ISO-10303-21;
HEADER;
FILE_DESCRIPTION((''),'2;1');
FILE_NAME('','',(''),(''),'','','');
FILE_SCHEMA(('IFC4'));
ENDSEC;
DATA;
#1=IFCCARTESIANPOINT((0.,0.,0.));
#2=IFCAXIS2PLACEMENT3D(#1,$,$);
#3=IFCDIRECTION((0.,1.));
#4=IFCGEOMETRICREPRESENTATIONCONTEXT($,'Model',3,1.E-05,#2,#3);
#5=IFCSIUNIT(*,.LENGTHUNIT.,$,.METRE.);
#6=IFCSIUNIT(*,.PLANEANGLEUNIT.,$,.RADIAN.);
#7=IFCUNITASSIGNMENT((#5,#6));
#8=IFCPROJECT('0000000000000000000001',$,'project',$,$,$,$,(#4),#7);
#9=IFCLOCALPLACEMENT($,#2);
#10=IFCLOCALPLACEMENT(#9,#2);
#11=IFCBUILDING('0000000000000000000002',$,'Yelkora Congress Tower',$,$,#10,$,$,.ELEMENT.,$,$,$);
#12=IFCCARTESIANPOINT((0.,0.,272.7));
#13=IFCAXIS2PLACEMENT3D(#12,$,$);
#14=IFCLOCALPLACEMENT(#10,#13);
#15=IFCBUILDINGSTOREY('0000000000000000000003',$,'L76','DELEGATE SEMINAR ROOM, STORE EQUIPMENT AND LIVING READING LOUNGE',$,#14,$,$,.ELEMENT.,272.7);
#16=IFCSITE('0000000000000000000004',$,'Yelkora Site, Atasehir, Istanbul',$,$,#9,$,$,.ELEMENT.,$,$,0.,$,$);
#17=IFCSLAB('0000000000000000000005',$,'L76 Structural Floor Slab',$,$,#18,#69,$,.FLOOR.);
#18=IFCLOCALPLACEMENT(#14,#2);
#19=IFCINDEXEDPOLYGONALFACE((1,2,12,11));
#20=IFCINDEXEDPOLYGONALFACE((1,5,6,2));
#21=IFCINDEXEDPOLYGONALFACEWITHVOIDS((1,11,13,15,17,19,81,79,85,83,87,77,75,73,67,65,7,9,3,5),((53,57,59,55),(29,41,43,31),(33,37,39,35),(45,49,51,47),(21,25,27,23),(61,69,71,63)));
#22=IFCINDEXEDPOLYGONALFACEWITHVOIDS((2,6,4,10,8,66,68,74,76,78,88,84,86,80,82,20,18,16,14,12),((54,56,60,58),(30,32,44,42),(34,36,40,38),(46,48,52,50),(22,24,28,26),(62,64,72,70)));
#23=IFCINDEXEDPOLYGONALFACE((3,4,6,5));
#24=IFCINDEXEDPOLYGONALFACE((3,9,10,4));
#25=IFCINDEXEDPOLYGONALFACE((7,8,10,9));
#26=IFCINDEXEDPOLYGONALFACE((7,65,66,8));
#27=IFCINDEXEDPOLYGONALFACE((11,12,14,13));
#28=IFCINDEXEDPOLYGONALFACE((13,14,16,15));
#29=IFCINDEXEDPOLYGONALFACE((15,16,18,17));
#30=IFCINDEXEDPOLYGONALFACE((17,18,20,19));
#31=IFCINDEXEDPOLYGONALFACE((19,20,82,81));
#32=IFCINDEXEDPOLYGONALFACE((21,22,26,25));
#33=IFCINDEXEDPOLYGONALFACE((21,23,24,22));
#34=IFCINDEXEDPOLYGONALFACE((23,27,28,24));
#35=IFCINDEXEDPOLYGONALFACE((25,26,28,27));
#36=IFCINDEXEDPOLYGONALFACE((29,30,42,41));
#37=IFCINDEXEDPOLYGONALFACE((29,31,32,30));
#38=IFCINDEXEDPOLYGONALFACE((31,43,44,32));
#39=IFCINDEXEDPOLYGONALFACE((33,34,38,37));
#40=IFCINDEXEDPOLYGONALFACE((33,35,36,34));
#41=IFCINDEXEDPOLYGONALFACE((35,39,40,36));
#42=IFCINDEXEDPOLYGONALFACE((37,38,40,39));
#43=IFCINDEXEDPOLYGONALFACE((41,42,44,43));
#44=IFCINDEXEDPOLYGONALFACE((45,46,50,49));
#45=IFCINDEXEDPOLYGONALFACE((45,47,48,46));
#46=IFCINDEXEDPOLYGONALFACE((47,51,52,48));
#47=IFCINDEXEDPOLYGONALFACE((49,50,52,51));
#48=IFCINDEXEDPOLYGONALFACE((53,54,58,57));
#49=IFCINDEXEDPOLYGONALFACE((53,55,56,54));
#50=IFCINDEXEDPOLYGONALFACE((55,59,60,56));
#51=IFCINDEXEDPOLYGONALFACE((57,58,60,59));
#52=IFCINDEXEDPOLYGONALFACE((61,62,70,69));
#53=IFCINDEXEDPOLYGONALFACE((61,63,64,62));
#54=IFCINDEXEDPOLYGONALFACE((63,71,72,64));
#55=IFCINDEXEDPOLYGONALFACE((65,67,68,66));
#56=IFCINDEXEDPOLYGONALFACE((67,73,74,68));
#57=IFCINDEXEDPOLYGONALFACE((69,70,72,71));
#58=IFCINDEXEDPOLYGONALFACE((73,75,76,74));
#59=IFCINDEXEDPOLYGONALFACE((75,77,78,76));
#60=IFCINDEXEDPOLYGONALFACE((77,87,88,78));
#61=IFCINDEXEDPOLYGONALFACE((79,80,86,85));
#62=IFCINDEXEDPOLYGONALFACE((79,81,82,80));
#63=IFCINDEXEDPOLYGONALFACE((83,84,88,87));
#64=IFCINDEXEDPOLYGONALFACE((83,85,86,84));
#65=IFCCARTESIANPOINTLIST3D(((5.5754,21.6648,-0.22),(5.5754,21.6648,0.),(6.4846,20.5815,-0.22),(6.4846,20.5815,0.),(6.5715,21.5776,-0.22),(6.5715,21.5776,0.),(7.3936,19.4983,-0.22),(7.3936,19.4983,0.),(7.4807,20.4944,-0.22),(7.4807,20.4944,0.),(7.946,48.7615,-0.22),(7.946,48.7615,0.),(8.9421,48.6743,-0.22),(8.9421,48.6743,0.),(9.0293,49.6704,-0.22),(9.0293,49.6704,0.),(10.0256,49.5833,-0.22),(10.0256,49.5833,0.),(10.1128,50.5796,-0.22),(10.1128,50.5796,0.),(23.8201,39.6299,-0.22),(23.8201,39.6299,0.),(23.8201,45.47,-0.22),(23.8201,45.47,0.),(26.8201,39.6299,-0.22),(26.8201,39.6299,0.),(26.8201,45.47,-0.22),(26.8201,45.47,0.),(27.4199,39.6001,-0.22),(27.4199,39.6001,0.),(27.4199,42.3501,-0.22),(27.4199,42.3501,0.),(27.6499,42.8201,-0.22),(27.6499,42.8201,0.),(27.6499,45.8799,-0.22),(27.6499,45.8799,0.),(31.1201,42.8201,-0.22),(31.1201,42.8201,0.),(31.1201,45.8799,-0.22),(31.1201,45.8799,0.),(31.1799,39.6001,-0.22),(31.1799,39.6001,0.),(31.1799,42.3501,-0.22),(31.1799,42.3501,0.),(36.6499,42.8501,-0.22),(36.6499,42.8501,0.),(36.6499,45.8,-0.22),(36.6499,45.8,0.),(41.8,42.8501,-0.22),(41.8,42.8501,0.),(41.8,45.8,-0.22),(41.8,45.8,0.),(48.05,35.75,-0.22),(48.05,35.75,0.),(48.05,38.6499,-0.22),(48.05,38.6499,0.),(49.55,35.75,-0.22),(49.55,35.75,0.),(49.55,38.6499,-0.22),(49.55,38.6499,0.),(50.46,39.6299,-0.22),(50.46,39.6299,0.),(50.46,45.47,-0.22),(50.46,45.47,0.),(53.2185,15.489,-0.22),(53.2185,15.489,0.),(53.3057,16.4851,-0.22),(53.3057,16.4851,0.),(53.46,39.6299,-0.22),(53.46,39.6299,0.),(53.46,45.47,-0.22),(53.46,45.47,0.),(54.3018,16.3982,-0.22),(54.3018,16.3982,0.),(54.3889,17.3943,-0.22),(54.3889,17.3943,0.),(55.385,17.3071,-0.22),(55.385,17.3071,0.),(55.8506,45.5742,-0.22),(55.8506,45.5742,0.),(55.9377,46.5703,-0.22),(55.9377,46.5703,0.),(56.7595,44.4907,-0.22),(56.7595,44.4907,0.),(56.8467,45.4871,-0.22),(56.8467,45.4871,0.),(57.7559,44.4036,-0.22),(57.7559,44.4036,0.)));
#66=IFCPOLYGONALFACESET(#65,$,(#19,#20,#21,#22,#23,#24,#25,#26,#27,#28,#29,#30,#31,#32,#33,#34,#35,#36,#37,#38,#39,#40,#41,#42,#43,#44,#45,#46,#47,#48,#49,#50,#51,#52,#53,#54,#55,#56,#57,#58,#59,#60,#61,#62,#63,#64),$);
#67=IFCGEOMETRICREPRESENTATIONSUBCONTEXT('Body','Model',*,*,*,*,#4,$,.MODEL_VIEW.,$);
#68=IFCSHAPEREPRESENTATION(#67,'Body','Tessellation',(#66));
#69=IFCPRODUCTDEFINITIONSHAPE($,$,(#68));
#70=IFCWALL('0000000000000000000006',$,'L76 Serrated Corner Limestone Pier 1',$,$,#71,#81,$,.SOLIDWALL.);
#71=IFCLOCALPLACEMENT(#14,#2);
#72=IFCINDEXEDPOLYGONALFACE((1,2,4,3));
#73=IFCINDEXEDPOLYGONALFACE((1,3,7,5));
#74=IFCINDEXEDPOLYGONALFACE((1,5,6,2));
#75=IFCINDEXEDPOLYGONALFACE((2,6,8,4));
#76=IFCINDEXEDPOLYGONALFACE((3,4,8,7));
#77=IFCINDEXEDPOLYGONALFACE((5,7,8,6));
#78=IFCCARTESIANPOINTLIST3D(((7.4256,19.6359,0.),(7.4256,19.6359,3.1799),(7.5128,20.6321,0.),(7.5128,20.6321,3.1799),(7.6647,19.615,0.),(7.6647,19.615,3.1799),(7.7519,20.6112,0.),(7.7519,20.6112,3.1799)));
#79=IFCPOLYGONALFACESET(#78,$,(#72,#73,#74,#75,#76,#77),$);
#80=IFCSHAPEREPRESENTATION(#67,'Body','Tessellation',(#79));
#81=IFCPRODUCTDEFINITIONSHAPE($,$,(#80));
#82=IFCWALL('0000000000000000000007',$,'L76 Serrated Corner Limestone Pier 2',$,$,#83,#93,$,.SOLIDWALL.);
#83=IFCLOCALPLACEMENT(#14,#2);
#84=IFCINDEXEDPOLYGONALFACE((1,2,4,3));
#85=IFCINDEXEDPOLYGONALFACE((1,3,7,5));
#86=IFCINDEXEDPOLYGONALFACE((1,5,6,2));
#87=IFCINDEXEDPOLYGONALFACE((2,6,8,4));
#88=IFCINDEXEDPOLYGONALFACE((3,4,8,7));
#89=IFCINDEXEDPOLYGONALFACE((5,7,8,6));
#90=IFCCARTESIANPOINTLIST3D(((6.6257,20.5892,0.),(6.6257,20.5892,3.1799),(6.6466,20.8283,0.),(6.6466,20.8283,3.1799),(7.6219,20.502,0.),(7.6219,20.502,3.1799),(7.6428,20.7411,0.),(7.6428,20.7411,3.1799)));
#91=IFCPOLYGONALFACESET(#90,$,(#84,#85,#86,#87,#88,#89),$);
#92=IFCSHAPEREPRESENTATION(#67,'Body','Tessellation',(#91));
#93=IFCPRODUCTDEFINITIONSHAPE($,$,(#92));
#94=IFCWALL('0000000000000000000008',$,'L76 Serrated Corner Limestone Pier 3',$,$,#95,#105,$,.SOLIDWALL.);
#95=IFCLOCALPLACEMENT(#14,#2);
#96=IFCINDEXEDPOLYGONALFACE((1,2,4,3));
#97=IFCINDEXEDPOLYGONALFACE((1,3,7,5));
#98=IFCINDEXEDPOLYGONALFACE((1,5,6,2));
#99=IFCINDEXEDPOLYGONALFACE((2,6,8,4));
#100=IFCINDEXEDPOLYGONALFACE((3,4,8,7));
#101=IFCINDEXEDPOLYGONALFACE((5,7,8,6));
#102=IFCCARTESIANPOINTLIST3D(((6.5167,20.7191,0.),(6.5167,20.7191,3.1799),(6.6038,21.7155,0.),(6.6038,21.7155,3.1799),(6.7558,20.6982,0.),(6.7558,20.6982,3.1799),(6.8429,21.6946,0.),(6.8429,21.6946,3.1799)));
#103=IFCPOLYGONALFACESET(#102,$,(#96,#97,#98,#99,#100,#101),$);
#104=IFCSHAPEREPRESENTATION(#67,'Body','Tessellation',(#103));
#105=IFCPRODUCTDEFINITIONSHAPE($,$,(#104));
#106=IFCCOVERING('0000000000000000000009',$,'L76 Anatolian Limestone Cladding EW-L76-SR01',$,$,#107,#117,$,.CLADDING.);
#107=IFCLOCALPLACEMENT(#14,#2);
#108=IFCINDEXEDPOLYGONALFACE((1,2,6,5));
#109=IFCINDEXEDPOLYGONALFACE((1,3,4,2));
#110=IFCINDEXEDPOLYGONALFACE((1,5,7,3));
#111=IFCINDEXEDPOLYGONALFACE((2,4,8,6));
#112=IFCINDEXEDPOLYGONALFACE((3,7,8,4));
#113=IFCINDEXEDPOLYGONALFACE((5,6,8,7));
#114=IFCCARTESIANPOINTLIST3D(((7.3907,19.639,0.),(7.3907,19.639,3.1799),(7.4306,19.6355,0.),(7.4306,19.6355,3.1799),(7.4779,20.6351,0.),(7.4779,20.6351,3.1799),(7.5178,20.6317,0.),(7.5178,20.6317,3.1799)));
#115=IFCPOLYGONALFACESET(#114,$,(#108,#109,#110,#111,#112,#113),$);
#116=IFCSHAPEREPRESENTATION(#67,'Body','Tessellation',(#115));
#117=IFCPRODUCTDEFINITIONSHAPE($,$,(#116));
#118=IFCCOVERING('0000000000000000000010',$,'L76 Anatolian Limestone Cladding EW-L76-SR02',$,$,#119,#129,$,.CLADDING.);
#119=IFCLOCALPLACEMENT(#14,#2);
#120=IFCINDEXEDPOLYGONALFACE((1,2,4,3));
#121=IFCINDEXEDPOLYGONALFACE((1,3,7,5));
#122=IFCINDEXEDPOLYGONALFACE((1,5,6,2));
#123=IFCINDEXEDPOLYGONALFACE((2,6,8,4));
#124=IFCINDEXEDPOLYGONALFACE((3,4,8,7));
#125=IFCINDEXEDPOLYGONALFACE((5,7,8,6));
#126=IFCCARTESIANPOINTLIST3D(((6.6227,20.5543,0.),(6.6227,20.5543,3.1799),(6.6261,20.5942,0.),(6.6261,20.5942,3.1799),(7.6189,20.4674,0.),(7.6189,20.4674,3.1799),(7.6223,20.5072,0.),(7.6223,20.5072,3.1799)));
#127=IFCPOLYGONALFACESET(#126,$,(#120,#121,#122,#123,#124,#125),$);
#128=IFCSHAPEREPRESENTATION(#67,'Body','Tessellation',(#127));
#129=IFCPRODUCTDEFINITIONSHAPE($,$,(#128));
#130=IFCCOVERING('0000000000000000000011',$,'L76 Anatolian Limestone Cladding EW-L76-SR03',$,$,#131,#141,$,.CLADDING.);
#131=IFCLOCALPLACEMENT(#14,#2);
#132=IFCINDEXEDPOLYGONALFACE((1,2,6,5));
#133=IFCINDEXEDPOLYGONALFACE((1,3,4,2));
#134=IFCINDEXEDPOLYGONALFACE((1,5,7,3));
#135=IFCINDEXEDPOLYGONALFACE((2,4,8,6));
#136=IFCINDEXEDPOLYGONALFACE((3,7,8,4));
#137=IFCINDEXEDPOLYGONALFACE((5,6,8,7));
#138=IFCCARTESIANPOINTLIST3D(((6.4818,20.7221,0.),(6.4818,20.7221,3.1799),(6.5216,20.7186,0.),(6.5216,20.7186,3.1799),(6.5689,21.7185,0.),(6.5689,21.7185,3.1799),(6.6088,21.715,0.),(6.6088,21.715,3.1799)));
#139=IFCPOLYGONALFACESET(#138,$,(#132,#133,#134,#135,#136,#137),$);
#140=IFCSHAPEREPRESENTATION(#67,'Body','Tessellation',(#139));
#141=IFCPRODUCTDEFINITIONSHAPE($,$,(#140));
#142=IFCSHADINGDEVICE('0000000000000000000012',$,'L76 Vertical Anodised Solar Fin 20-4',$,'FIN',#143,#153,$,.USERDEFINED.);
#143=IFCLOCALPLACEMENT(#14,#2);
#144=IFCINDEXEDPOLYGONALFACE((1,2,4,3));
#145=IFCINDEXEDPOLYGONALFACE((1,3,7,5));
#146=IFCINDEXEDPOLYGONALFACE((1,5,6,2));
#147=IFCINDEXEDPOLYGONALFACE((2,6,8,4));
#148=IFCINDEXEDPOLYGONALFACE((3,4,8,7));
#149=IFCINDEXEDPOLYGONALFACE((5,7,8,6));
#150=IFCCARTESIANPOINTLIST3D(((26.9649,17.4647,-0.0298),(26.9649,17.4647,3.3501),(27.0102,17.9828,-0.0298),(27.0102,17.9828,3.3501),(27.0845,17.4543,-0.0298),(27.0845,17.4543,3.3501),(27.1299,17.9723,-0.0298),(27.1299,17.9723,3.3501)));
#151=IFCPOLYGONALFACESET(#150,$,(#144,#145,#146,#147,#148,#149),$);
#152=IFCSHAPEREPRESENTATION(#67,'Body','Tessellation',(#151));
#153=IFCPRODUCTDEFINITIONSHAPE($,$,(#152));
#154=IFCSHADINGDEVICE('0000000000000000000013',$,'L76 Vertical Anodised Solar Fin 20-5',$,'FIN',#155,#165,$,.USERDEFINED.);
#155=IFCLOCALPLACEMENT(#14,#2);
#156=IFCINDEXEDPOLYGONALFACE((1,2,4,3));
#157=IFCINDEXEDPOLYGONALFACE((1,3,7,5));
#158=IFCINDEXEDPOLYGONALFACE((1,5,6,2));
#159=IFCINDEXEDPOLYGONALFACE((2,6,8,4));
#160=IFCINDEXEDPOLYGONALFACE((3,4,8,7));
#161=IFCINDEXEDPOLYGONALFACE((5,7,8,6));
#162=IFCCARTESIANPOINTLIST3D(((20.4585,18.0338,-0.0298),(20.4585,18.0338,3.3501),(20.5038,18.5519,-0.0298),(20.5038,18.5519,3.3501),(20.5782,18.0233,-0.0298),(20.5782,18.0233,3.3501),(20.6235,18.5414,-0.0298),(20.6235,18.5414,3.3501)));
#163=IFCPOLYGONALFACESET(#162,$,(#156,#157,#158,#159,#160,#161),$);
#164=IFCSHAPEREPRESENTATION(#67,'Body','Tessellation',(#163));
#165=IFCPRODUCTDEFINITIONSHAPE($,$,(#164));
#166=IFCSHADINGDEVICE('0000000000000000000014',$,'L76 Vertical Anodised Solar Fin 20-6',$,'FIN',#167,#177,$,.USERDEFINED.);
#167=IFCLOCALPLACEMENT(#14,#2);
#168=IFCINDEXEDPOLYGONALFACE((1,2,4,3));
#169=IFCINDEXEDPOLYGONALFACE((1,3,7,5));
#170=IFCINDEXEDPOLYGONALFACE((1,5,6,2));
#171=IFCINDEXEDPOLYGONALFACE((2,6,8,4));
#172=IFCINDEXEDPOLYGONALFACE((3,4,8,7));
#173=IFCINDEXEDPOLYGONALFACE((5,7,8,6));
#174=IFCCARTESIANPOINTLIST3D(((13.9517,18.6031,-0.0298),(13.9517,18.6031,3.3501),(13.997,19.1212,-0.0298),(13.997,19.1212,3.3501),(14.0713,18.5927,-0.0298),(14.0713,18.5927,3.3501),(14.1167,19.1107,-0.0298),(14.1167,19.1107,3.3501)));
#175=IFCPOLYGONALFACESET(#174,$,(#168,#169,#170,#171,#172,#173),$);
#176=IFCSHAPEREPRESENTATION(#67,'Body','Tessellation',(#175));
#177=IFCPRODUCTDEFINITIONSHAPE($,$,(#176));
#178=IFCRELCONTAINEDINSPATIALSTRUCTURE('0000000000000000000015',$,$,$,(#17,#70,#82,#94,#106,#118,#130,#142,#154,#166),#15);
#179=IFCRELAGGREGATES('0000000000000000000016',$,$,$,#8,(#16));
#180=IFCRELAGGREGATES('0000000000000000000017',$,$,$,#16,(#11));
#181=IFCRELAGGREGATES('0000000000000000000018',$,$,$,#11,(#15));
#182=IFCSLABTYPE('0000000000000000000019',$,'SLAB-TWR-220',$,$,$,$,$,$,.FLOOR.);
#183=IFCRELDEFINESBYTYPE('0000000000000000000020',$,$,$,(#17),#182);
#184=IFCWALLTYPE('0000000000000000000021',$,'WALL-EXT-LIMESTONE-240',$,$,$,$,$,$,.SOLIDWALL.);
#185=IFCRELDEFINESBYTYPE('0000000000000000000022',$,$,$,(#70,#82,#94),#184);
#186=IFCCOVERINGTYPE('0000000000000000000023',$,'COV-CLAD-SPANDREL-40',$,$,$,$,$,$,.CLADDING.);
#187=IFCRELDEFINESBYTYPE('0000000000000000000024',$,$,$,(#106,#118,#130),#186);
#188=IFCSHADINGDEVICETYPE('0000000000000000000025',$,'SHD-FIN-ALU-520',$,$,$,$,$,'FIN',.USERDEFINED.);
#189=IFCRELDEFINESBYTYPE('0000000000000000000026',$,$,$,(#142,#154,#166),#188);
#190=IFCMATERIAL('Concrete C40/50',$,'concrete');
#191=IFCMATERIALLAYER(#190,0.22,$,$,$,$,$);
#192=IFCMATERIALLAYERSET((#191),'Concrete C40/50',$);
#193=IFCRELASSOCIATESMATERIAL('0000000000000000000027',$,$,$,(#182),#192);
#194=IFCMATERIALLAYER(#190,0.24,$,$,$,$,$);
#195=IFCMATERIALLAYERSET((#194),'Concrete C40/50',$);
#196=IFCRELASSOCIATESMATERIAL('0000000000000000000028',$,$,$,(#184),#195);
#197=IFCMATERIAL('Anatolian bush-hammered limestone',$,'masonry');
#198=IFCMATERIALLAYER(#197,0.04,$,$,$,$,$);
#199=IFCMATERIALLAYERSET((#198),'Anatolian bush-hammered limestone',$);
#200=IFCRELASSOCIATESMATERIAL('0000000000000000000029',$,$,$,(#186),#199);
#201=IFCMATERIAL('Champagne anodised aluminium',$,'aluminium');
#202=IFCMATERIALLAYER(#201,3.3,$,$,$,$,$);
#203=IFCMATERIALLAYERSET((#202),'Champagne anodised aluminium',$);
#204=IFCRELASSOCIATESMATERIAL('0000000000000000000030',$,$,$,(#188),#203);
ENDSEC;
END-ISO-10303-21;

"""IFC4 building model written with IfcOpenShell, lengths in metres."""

from ifc_helpers import new_model, si_unit, direction, frame, frame_2d, origin, origin_2d, place, context, subcontext, project, spatial, polyline, rectangle, outline, extrude, material, layer, layer_set, type_object, element, save


model = new_model("IFC4")

# Units and contexts
model_context = context("Model", 3, precision=1e-05, world=origin(), true_north=direction((0.0, 1.0)))
body_context = subcontext(model_context, "Body", "Model", "MODEL_VIEW")
ifc_project = project(units=[si_unit("LENGTHUNIT", "METRE"), si_unit("PLANEANGLEUNIT", "RADIAN")], contexts=[model_context])

# Site, building, storey
site_placement = place(None, origin())
site = spatial("IfcSite", under=ifc_project, at=site_placement, Name="Yelkora Site, Atasehir, Istanbul", CompositionType="ELEMENT", RefElevation=0.0)
building_placement = place(site_placement, origin())
building = spatial("IfcBuilding", under=site, at=building_placement, Name="Yelkora Congress Tower", CompositionType="ELEMENT")
storey_placement = place(building_placement, frame((0.0, 0.0, 272.7)))
storey = spatial("IfcBuildingStorey", under=building, at=storey_placement, Name="L76", Description="DELEGATE SEMINAR ROOM, STORE EQUIPMENT AND LIVING READING LOUNGE", CompositionType="ELEMENT", Elevation=272.7)

# Shared definitions
ifc_material_1 = material(Name="Concrete C40/50", Category="concrete")

# Slab
ifc_layer_1 = layer(ifc_material_1, 0.22)
ifc_layer_set_1 = layer_set([ifc_layer_1], Name="Concrete C40/50")
slab_type_1 = type_object("IfcSlabType", Name="SLAB-TWR-220", PredefinedType="FLOOR", material=ifc_layer_set_1)
slab_1_placement = place(storey_placement, frame((0.0, 0.0, -0.22)))
element("IfcSlab", 1, at=slab_1_placement, inside=storey, type_object=slab_type_1, Name="L76 Structural Floor Slab", PredefinedType="FLOOR", context=body_context, shape_type="SweptSolid", body=[
    extrude(outline(polyline([(7.3936, 19.4983), (53.2185, 15.489), (53.3057, 16.4851), (54.3018, 16.3982), (54.3889, 17.3943), (55.385, 17.3071), (57.7559, 44.4036), (56.7595, 44.4907), (56.8467, 45.4871), (55.8506, 45.5742), (55.9377, 46.5703), (10.1128, 50.5796), (10.0256, 49.5833), (9.0293, 49.6704), (8.9421, 48.6743), (7.946, 48.7615), (5.5754, 21.6648), (6.5715, 21.5776), (6.4846, 20.5815), (7.4807, 20.4944), (7.3936, 19.4983)]), holes=[polyline([(23.8201, 39.6299), (26.8201, 39.6299), (26.8201, 45.47), (23.8201, 45.47), (23.8201, 39.6299)]), polyline([(50.46, 39.6299), (53.46, 39.6299), (53.46, 45.47), (50.46, 45.47), (50.46, 39.6299)]), polyline([(48.05, 35.75), (49.55, 35.75), (49.55, 38.6499), (48.05, 38.6499), (48.05, 35.75)]), polyline([(36.6499, 42.8501), (41.8, 42.8501), (41.8, 45.8), (36.6499, 45.8), (36.6499, 42.8501)]), polyline([(27.4199, 39.6001), (31.1799, 39.6001), (31.1799, 42.3501), (27.4199, 42.3501), (27.4199, 39.6001)]), polyline([(27.6499, 42.8201), (31.1201, 42.8201), (31.1201, 45.8799), (27.6499, 45.8799), (27.6499, 42.8201)])]), origin(), (0.0, 0.0, 1.0), 0.22),
])

# Walls
ifc_layer_2 = layer(ifc_material_1, 0.24)
ifc_layer_set_2 = layer_set([ifc_layer_2], Name="Concrete C40/50")
wall_type = type_object("IfcWallType", Name="WALL-EXT-LIMESTONE-240", PredefinedType="SOLIDWALL", material=ifc_layer_set_2)
for number, where, z_axis, x_axis, name in (
    (2, (7.5452, 19.6255, 0.0), (0.0, 0.0, 1.0), (0.087167, 0.996194, 0.0), "L76 Serrated Corner Limestone Pier 1"),
    (3, (7.6323, 20.6216, 0.0), (0.0, 0.0, 1.0), (-0.996194, 0.087167, 0.0), "L76 Serrated Corner Limestone Pier 2"),
):
    element("IfcWall", number, at=place(storey_placement, frame(where, z_axis=z_axis, x_axis=x_axis)), inside=storey, type_object=wall_type, Name=name, PredefinedType="SOLIDWALL", context=body_context, shape_type="SweptSolid", body=[
        extrude(rectangle(XDim=1.0, YDim=0.24, at=frame_2d((0.5, 0.0))), origin(), (0.0, 0.0, 1.0), 3.1799),
    ])
wall_placement = place(storey_placement, frame((6.6362, 20.7087, 0.0), z_axis=(0.0, 0.0, 1.0), x_axis=(0.087146, 0.996196, 0.0)))
element("IfcWall", 4, at=wall_placement, inside=storey, type_object=wall_type, Name="L76 Serrated Corner Limestone Pier 3", PredefinedType="SOLIDWALL", context=body_context, shape_type="SweptSolid", body=[
    extrude(rectangle(XDim=1.0002, YDim=0.24, at=frame_2d((0.5, 0.0))), origin(), (0.0, 0.0, 1.0), 3.1799),
])

# Coverings
ifc_material_2 = material(Name="Anatolian bush-hammered limestone", Category="masonry")
ifc_layer_3 = layer(ifc_material_2, 0.04)
ifc_layer_set_3 = layer_set([ifc_layer_3], Name="Anatolian bush-hammered limestone")
covering_type = type_object("IfcCoveringType", Name="COV-CLAD-SPANDREL-40", PredefinedType="CLADDING", material=ifc_layer_set_3)
for number, where, z_axis, x_axis, name in (
    (5, (7.4106, 19.6372, 0.0), (0.0, 0.0, 1.0), (0.087167, 0.996194, 0.0), "L76 Anatolian Limestone Cladding EW-L76-SR01"),
    (6, (7.6206, 20.4873, 0.0), (0.0, 0.0, 1.0), (-0.996215, 0.086925, 0.0), "L76 Anatolian Limestone Cladding EW-L76-SR02"),
):
    element("IfcCovering", number, at=place(storey_placement, frame(where, z_axis=z_axis, x_axis=x_axis)), inside=storey, type_object=covering_type, Name=name, PredefinedType="CLADDING", context=body_context, shape_type="SweptSolid", body=[
        extrude(rectangle(XDim=1.0, YDim=0.04, at=frame_2d((0.5, 0.0))), origin(), (0.0, 0.0, 1.0), 3.1799),
    ])
covering_placement = place(storey_placement, frame((6.5017, 20.7205, 0.0), z_axis=(0.0, 0.0, 1.0), x_axis=(0.087146, 0.996196, 0.0)))
element("IfcCovering", 7, at=covering_placement, inside=storey, type_object=covering_type, Name="L76 Anatolian Limestone Cladding EW-L76-SR03", PredefinedType="CLADDING", context=body_context, shape_type="SweptSolid", body=[
    extrude(rectangle(XDim=1.0002, YDim=0.04, at=frame_2d((0.5, 0.0))), origin(), (0.0, 0.0, 1.0), 3.1799),
])

# Shading devices
ifc_material_3 = material(Name="Champagne anodised aluminium", Category="aluminium")
ifc_layer_4 = layer(ifc_material_3, 3.3)
ifc_layer_set_4 = layer_set([ifc_layer_4], Name="Champagne anodised aluminium")
shading_device_type = type_object("IfcShadingDeviceType", Name="SHD-FIN-ALU-520", ElementType="FIN", PredefinedType="USERDEFINED", material=ifc_layer_set_4)
for number, where, z_axis, x_axis, name in (
    (8, (27.0474, 17.7185, -0.0298), (0.0, 0.0, 1.0), (-0.996195, 0.087156, 0.0), "L76 Vertical Anodised Solar Fin 20-4"),
    (9, (20.541, 18.2876, -0.0298), (0.0, 0.0, 1.0), (-0.996195, 0.087156, 0.0), "L76 Vertical Anodised Solar Fin 20-5"),
    (10, (14.0342, 18.8569, -0.0298), (0.0, 0.0, 1.0), (-0.996195, 0.087156, 0.0), "L76 Vertical Anodised Solar Fin 20-6"),
):
    element("IfcShadingDevice", number, at=place(storey_placement, frame(where, z_axis=z_axis, x_axis=x_axis)), inside=storey, type_object=shading_device_type, Name=name, ObjectType="FIN", PredefinedType="USERDEFINED", context=body_context, shape_type="SweptSolid", body=[
        extrude(rectangle(XDim=0.1201, YDim=0.52, at=origin_2d()), origin(), (0.0, 0.0, 1.0), 3.3799),
    ])

save(model, "model.ifc")
